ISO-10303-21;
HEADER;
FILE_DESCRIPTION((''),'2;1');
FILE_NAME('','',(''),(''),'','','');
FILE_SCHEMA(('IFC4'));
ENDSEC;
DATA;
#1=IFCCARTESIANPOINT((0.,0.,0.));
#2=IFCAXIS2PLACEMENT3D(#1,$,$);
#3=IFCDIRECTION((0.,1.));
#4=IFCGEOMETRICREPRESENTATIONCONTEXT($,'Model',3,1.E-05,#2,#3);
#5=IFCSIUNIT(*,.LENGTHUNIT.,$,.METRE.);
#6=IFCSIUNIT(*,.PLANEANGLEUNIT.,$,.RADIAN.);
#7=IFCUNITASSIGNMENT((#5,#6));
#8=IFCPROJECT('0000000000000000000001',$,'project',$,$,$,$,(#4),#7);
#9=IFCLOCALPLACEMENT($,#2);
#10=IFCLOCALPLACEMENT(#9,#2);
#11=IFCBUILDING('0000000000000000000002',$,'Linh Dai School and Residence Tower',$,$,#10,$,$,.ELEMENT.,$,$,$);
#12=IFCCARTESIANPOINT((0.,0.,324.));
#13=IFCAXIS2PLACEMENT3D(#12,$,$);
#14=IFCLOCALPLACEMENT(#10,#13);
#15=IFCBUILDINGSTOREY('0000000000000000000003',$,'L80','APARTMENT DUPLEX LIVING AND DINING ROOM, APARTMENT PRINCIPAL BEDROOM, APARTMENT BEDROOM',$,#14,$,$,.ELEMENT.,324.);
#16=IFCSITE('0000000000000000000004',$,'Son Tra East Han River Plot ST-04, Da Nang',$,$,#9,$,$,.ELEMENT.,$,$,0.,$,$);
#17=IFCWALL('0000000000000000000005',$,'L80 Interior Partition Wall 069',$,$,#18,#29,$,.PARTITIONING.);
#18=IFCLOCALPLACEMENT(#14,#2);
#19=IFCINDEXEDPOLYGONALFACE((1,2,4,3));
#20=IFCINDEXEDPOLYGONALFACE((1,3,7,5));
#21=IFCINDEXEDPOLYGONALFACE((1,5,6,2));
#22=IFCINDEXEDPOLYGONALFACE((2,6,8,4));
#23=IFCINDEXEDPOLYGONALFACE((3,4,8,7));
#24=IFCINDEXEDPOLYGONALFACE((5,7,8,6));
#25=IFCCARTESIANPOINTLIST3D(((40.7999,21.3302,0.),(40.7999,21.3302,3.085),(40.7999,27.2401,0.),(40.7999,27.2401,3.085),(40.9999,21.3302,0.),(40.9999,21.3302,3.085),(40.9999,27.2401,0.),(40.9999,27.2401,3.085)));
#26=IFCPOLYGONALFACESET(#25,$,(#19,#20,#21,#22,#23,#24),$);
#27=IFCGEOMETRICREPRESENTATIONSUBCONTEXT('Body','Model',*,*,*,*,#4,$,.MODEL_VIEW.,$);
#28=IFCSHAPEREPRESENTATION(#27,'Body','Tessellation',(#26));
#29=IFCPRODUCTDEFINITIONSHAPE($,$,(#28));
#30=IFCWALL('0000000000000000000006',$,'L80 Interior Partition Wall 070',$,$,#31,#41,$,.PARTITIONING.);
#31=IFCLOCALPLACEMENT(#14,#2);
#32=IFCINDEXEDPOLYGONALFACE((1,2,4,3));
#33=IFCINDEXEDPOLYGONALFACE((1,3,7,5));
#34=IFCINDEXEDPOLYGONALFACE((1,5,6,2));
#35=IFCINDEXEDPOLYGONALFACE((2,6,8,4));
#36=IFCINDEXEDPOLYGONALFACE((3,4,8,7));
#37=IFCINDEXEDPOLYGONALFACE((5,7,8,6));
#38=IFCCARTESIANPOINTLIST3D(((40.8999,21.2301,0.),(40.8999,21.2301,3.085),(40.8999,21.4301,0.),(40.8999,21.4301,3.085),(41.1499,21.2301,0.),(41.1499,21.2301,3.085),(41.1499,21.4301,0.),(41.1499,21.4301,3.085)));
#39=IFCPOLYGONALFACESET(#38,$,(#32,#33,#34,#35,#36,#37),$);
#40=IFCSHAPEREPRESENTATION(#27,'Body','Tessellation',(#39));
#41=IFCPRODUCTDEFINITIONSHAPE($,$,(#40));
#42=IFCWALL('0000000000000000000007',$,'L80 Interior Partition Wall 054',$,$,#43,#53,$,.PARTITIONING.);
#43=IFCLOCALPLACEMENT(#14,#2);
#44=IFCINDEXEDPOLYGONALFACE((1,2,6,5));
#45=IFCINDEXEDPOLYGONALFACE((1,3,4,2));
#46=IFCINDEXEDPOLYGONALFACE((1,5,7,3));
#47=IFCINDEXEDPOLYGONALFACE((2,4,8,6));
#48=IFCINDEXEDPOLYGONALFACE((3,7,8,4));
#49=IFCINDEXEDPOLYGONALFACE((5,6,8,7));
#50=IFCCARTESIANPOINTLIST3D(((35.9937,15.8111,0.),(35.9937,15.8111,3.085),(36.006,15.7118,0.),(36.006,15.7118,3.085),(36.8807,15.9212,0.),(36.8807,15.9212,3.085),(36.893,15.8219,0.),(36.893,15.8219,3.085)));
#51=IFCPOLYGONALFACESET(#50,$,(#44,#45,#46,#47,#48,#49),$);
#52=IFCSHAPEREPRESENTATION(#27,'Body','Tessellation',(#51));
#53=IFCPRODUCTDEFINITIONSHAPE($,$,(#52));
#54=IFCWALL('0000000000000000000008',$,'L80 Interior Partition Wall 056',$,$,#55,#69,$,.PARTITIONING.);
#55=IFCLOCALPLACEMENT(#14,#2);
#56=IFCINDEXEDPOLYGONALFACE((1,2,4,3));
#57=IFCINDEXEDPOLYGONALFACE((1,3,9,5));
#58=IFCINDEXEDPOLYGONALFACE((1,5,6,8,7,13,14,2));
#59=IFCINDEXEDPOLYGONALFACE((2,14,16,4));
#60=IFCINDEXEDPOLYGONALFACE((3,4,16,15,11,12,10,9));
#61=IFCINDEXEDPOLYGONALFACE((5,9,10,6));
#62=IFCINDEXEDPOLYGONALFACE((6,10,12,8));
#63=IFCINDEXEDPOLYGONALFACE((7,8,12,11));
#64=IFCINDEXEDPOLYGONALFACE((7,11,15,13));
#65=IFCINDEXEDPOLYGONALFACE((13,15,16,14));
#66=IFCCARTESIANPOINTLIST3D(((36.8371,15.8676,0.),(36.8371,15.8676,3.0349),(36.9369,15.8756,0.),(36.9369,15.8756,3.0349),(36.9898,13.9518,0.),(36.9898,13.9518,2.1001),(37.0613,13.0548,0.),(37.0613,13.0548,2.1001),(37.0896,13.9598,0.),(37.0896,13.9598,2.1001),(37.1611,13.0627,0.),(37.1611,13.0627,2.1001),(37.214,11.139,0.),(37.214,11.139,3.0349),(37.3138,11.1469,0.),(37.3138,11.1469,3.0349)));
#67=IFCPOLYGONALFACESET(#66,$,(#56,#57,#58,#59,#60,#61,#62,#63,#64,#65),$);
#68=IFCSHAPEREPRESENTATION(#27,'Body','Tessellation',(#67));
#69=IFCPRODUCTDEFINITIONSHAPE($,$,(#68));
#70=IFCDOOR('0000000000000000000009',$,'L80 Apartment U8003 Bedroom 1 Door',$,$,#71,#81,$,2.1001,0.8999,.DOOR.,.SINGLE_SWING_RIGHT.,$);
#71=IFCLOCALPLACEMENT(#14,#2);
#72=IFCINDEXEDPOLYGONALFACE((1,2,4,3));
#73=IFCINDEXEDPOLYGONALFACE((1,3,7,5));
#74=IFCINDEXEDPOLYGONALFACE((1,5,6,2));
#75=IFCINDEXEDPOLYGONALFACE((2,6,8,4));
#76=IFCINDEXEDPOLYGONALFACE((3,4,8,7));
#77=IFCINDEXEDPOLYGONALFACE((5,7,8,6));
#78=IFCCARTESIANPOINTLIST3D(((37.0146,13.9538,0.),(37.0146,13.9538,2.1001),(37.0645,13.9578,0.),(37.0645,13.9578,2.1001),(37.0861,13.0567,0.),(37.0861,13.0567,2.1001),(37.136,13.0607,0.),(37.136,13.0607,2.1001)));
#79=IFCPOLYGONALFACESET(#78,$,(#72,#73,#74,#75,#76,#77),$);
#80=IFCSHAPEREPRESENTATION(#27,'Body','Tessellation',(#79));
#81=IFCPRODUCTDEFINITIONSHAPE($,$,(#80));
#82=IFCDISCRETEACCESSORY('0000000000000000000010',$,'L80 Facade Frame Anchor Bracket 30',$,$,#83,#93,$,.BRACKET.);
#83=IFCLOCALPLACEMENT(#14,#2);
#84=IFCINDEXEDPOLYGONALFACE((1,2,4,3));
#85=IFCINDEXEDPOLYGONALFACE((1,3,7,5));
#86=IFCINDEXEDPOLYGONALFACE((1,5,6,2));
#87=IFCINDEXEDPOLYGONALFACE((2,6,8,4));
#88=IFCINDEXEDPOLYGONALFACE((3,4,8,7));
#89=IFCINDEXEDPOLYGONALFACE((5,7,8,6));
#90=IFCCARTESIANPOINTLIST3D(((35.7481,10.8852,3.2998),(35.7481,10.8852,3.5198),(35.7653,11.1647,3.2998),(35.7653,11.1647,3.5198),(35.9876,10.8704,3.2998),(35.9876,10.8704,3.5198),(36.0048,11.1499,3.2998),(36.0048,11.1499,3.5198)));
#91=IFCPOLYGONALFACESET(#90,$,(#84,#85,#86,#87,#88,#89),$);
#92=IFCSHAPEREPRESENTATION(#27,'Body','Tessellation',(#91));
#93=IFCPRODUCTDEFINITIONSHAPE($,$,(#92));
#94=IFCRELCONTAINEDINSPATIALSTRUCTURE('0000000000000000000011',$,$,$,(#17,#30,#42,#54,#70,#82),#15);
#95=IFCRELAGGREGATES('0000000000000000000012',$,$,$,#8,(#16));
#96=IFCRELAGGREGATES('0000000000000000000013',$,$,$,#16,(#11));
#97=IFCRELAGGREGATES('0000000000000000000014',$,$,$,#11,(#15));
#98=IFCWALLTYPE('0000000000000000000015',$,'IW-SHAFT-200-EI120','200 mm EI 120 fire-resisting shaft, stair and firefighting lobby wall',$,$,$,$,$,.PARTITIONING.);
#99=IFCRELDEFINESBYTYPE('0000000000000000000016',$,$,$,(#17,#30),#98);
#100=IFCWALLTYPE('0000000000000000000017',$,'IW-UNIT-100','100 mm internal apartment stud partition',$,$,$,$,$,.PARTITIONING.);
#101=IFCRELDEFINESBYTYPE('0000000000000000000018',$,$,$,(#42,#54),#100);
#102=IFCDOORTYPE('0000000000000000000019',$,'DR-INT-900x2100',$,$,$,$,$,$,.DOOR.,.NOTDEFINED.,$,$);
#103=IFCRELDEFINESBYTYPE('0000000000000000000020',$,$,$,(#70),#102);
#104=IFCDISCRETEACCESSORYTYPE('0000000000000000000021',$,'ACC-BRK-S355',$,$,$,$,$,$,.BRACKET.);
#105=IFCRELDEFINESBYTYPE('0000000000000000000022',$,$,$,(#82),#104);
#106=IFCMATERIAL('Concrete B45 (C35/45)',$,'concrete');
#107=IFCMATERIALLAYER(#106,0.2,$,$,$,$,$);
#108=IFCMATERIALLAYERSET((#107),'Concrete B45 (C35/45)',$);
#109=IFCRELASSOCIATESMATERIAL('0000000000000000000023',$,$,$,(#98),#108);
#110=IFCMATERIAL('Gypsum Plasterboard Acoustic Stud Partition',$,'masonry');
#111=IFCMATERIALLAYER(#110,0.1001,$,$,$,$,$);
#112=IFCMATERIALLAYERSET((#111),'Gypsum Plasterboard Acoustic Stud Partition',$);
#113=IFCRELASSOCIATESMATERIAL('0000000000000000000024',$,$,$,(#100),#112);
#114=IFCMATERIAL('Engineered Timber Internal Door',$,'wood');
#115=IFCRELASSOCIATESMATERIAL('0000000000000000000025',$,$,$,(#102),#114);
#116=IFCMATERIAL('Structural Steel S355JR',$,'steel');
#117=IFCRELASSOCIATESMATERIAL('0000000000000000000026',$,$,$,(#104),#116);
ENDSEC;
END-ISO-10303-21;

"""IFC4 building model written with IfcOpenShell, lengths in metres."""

from ifc_helpers import new_model, si_unit, direction, frame, frame_2d, origin, origin_2d, place, context, subcontext, project, spatial, rectangle, extrude, source, transform, mapped, material, layer, layer_set, type_object, element, fill, save


model = new_model("IFC4")

# Units and contexts
model_context = context("Model", 3, precision=1e-05, world=origin(), true_north=direction((0.0, 1.0)))
body_context = subcontext(model_context, "Body", "Model", "MODEL_VIEW")
ifc_project = project(units=[si_unit("LENGTHUNIT", "METRE"), si_unit("PLANEANGLEUNIT", "RADIAN")], contexts=[model_context])

# Site, building, storey
site_placement = place(None, origin())
site = spatial("IfcSite", under=ifc_project, at=site_placement, Name="Son Tra East Han River Plot ST-04, Da Nang", CompositionType="ELEMENT", RefElevation=0.0)
building_placement = place(site_placement, origin())
building = spatial("IfcBuilding", under=site, at=building_placement, Name="Linh Dai School and Residence Tower", CompositionType="ELEMENT")
storey_placement = place(building_placement, frame((0.0, 0.0, 324.0)))
storey = spatial("IfcBuildingStorey", under=building, at=storey_placement, Name="L80", Description="APARTMENT DUPLEX LIVING AND DINING ROOM, APARTMENT PRINCIPAL BEDROOM, APARTMENT BEDROOM", CompositionType="ELEMENT", Elevation=324.0)

# Shared definitions
ifc_material_1 = material(Name="Structural Steel S355JR", Category="steel")

# Walls
ifc_material_2 = material(Name="Concrete B45 (C35/45)", Category="concrete")
ifc_layer_1 = layer(ifc_material_2, 0.2)
ifc_layer_set_1 = layer_set([ifc_layer_1], Name="Concrete B45 (C35/45)")
wall_type_1 = type_object("IfcWallType", Name="IW-SHAFT-200-EI120", Description="200 mm EI 120 fire-resisting shaft, stair and firefighting lobby wall", PredefinedType="PARTITIONING", material=ifc_layer_set_1)
wall_1_placement = place(storey_placement, frame((40.8999, 21.3301, 0.0), z_axis=(0.0, 0.0, 1.0), x_axis=(0.0, 1.0, 0.0)))
element("IfcWall", 1, at=wall_1_placement, inside=storey, type_object=wall_type_1, Name="L80 Interior Partition Wall 069", PredefinedType="PARTITIONING", context=body_context, shape_type="SweptSolid", body=[
    extrude(rectangle(XDim=5.9099, YDim=0.2, at=frame_2d((2.9551, 0.0))), origin(), (0.0, 0.0, 1.0), 3.085),
])
wall_2_placement = place(storey_placement, frame((40.8999, 21.3301, 0.0), z_axis=(0.0, 0.0, 1.0), x_axis=(1.0, 0.0, 0.0)))
element("IfcWall", 2, at=wall_2_placement, inside=storey, type_object=wall_type_1, Name="L80 Interior Partition Wall 070", PredefinedType="PARTITIONING", context=body_context, shape_type="SweptSolid", body=[
    extrude(rectangle(XDim=0.25, YDim=0.2, at=frame_2d((0.125, 0.0))), origin(), (0.0, 0.0, 1.0), 3.085),
])
ifc_material_3 = material(Name="Gypsum Plasterboard Acoustic Stud Partition", Category="masonry")
ifc_layer_2 = layer(ifc_material_3, 0.1001)
ifc_layer_set_2 = layer_set([ifc_layer_2], Name="Gypsum Plasterboard Acoustic Stud Partition")
wall_type_2 = type_object("IfcWallType", Name="IW-UNIT-100", Description="100 mm internal apartment stud partition", PredefinedType="PARTITIONING", material=ifc_layer_set_2)
wall_3_placement = place(storey_placement, frame((36.0, 15.7615, 0.0), z_axis=(0.0, 0.0, 1.0), x_axis=(0.992383, 0.123194, 0.0)))
element("IfcWall", 3, at=wall_3_placement, inside=storey, type_object=wall_type_2, Name="L80 Interior Partition Wall 054", PredefinedType="PARTITIONING", context=body_context, shape_type="SweptSolid", body=[
    extrude(rectangle(XDim=0.8938, YDim=0.1001, at=frame_2d((0.4468, 0.0))), origin(), (0.0, 0.0, 1.0), 3.085),
])

# Wall, opening, door
wall_4_placement = place(storey_placement, frame((36.887, 15.8716, 0.0), z_axis=(0.0, 0.0, 1.0), x_axis=(0.079463, -0.996838, 0.0)))
wall_4 = element("IfcWall", 4, at=wall_4_placement, inside=storey, type_object=wall_type_2, Name="L80 Interior Partition Wall 056", PredefinedType="PARTITIONING", context=body_context, shape_type="SweptSolid", body=[
    extrude(rectangle(XDim=4.7437, YDim=0.1001, at=frame_2d((2.3718, 0.0))), origin(), (0.0, 0.0, 1.0), 3.0349),
])
opening_1_placement = place(wall_4_placement, frame((1.9219, 0.0, 0.0)))
opening_1 = element("IfcOpeningElement", 5, at=opening_1_placement, cuts=wall_4, PredefinedType="OPENING", context=body_context, shape_type="SweptSolid", body=[
    extrude(rectangle(XDim=0.8999, YDim=2.1001, at=origin_2d()), frame((0.45, 0.0601, 1.05), z_axis=(0.0, -1.0, 0.0), x_axis=(1.0, 0.0, 0.0)), (0.0, 0.0, 1.0), 0.1201),
])
ifc_material_4 = material(Name="Engineered Timber Internal Door", Category="wood")
door_type = type_object("IfcDoorType", Name="DR-INT-900x2100", OperationType="NOTDEFINED", PredefinedType="DOOR", material=ifc_material_4)
shared_shape_1 = source(origin(), body_context, "Body", "SweptSolid", [
    extrude(rectangle(XDim=0.8999, YDim=2.1001, at=origin_2d()), frame((0.45, 0.0249, 1.05), z_axis=(0.0, -1.0, 0.0), x_axis=(1.0, 0.0, 0.0)), (0.0, 0.0, 1.0), 0.05),
])
door_placement = place(opening_1_placement, origin())
door = element("IfcDoor", 6, at=door_placement, inside=storey, type_object=door_type, Name="L80 Apartment U8003 Bedroom 1 Door", OperationType="SINGLE_SWING_RIGHT", OverallHeight=2.1001, OverallWidth=0.8999, PredefinedType="DOOR", context=body_context, shape_type="MappedRepresentation", body=[
    mapped(shared_shape_1, transform((0.0, 0.0, 0.0), x_axis=(1.0, 0.0, 0.0), y_axis=(0.0, 1.0, 0.0), z_axis=(0.0, 0.0, 1.0), scale=1.0)),
])
fill(opening_1, door)

# Discrete accessory
discrete_accessory_type = type_object("IfcDiscreteAccessoryType", Name="ACC-BRK-S355", PredefinedType="BRACKET", material=ifc_material_1)
shared_shape_2 = source(origin(), body_context, "Body", "SweptSolid", [
    extrude(rectangle(XDim=0.28, YDim=0.24, at=origin_2d()), origin(), (0.0, 0.0, 1.0), 0.22),
])
discrete_accessory_placement = place(storey_placement, frame((35.8765, 11.0176, 3.2998), z_axis=(0.0, 0.0, 1.0), x_axis=(-0.061518, -0.998106, 0.0)))
element("IfcDiscreteAccessory", 7, at=discrete_accessory_placement, inside=storey, type_object=discrete_accessory_type, Name="L80 Facade Frame Anchor Bracket 30", PredefinedType="BRACKET", context=body_context, shape_type="MappedRepresentation", body=[
    mapped(shared_shape_2, transform((0.0, 0.0, 0.0), x_axis=(1.0, 0.0, 0.0), y_axis=(0.0, 1.0, 0.0), z_axis=(0.0, 0.0, 1.0), scale=1.0)),
])

save(model, "model.ifc")
